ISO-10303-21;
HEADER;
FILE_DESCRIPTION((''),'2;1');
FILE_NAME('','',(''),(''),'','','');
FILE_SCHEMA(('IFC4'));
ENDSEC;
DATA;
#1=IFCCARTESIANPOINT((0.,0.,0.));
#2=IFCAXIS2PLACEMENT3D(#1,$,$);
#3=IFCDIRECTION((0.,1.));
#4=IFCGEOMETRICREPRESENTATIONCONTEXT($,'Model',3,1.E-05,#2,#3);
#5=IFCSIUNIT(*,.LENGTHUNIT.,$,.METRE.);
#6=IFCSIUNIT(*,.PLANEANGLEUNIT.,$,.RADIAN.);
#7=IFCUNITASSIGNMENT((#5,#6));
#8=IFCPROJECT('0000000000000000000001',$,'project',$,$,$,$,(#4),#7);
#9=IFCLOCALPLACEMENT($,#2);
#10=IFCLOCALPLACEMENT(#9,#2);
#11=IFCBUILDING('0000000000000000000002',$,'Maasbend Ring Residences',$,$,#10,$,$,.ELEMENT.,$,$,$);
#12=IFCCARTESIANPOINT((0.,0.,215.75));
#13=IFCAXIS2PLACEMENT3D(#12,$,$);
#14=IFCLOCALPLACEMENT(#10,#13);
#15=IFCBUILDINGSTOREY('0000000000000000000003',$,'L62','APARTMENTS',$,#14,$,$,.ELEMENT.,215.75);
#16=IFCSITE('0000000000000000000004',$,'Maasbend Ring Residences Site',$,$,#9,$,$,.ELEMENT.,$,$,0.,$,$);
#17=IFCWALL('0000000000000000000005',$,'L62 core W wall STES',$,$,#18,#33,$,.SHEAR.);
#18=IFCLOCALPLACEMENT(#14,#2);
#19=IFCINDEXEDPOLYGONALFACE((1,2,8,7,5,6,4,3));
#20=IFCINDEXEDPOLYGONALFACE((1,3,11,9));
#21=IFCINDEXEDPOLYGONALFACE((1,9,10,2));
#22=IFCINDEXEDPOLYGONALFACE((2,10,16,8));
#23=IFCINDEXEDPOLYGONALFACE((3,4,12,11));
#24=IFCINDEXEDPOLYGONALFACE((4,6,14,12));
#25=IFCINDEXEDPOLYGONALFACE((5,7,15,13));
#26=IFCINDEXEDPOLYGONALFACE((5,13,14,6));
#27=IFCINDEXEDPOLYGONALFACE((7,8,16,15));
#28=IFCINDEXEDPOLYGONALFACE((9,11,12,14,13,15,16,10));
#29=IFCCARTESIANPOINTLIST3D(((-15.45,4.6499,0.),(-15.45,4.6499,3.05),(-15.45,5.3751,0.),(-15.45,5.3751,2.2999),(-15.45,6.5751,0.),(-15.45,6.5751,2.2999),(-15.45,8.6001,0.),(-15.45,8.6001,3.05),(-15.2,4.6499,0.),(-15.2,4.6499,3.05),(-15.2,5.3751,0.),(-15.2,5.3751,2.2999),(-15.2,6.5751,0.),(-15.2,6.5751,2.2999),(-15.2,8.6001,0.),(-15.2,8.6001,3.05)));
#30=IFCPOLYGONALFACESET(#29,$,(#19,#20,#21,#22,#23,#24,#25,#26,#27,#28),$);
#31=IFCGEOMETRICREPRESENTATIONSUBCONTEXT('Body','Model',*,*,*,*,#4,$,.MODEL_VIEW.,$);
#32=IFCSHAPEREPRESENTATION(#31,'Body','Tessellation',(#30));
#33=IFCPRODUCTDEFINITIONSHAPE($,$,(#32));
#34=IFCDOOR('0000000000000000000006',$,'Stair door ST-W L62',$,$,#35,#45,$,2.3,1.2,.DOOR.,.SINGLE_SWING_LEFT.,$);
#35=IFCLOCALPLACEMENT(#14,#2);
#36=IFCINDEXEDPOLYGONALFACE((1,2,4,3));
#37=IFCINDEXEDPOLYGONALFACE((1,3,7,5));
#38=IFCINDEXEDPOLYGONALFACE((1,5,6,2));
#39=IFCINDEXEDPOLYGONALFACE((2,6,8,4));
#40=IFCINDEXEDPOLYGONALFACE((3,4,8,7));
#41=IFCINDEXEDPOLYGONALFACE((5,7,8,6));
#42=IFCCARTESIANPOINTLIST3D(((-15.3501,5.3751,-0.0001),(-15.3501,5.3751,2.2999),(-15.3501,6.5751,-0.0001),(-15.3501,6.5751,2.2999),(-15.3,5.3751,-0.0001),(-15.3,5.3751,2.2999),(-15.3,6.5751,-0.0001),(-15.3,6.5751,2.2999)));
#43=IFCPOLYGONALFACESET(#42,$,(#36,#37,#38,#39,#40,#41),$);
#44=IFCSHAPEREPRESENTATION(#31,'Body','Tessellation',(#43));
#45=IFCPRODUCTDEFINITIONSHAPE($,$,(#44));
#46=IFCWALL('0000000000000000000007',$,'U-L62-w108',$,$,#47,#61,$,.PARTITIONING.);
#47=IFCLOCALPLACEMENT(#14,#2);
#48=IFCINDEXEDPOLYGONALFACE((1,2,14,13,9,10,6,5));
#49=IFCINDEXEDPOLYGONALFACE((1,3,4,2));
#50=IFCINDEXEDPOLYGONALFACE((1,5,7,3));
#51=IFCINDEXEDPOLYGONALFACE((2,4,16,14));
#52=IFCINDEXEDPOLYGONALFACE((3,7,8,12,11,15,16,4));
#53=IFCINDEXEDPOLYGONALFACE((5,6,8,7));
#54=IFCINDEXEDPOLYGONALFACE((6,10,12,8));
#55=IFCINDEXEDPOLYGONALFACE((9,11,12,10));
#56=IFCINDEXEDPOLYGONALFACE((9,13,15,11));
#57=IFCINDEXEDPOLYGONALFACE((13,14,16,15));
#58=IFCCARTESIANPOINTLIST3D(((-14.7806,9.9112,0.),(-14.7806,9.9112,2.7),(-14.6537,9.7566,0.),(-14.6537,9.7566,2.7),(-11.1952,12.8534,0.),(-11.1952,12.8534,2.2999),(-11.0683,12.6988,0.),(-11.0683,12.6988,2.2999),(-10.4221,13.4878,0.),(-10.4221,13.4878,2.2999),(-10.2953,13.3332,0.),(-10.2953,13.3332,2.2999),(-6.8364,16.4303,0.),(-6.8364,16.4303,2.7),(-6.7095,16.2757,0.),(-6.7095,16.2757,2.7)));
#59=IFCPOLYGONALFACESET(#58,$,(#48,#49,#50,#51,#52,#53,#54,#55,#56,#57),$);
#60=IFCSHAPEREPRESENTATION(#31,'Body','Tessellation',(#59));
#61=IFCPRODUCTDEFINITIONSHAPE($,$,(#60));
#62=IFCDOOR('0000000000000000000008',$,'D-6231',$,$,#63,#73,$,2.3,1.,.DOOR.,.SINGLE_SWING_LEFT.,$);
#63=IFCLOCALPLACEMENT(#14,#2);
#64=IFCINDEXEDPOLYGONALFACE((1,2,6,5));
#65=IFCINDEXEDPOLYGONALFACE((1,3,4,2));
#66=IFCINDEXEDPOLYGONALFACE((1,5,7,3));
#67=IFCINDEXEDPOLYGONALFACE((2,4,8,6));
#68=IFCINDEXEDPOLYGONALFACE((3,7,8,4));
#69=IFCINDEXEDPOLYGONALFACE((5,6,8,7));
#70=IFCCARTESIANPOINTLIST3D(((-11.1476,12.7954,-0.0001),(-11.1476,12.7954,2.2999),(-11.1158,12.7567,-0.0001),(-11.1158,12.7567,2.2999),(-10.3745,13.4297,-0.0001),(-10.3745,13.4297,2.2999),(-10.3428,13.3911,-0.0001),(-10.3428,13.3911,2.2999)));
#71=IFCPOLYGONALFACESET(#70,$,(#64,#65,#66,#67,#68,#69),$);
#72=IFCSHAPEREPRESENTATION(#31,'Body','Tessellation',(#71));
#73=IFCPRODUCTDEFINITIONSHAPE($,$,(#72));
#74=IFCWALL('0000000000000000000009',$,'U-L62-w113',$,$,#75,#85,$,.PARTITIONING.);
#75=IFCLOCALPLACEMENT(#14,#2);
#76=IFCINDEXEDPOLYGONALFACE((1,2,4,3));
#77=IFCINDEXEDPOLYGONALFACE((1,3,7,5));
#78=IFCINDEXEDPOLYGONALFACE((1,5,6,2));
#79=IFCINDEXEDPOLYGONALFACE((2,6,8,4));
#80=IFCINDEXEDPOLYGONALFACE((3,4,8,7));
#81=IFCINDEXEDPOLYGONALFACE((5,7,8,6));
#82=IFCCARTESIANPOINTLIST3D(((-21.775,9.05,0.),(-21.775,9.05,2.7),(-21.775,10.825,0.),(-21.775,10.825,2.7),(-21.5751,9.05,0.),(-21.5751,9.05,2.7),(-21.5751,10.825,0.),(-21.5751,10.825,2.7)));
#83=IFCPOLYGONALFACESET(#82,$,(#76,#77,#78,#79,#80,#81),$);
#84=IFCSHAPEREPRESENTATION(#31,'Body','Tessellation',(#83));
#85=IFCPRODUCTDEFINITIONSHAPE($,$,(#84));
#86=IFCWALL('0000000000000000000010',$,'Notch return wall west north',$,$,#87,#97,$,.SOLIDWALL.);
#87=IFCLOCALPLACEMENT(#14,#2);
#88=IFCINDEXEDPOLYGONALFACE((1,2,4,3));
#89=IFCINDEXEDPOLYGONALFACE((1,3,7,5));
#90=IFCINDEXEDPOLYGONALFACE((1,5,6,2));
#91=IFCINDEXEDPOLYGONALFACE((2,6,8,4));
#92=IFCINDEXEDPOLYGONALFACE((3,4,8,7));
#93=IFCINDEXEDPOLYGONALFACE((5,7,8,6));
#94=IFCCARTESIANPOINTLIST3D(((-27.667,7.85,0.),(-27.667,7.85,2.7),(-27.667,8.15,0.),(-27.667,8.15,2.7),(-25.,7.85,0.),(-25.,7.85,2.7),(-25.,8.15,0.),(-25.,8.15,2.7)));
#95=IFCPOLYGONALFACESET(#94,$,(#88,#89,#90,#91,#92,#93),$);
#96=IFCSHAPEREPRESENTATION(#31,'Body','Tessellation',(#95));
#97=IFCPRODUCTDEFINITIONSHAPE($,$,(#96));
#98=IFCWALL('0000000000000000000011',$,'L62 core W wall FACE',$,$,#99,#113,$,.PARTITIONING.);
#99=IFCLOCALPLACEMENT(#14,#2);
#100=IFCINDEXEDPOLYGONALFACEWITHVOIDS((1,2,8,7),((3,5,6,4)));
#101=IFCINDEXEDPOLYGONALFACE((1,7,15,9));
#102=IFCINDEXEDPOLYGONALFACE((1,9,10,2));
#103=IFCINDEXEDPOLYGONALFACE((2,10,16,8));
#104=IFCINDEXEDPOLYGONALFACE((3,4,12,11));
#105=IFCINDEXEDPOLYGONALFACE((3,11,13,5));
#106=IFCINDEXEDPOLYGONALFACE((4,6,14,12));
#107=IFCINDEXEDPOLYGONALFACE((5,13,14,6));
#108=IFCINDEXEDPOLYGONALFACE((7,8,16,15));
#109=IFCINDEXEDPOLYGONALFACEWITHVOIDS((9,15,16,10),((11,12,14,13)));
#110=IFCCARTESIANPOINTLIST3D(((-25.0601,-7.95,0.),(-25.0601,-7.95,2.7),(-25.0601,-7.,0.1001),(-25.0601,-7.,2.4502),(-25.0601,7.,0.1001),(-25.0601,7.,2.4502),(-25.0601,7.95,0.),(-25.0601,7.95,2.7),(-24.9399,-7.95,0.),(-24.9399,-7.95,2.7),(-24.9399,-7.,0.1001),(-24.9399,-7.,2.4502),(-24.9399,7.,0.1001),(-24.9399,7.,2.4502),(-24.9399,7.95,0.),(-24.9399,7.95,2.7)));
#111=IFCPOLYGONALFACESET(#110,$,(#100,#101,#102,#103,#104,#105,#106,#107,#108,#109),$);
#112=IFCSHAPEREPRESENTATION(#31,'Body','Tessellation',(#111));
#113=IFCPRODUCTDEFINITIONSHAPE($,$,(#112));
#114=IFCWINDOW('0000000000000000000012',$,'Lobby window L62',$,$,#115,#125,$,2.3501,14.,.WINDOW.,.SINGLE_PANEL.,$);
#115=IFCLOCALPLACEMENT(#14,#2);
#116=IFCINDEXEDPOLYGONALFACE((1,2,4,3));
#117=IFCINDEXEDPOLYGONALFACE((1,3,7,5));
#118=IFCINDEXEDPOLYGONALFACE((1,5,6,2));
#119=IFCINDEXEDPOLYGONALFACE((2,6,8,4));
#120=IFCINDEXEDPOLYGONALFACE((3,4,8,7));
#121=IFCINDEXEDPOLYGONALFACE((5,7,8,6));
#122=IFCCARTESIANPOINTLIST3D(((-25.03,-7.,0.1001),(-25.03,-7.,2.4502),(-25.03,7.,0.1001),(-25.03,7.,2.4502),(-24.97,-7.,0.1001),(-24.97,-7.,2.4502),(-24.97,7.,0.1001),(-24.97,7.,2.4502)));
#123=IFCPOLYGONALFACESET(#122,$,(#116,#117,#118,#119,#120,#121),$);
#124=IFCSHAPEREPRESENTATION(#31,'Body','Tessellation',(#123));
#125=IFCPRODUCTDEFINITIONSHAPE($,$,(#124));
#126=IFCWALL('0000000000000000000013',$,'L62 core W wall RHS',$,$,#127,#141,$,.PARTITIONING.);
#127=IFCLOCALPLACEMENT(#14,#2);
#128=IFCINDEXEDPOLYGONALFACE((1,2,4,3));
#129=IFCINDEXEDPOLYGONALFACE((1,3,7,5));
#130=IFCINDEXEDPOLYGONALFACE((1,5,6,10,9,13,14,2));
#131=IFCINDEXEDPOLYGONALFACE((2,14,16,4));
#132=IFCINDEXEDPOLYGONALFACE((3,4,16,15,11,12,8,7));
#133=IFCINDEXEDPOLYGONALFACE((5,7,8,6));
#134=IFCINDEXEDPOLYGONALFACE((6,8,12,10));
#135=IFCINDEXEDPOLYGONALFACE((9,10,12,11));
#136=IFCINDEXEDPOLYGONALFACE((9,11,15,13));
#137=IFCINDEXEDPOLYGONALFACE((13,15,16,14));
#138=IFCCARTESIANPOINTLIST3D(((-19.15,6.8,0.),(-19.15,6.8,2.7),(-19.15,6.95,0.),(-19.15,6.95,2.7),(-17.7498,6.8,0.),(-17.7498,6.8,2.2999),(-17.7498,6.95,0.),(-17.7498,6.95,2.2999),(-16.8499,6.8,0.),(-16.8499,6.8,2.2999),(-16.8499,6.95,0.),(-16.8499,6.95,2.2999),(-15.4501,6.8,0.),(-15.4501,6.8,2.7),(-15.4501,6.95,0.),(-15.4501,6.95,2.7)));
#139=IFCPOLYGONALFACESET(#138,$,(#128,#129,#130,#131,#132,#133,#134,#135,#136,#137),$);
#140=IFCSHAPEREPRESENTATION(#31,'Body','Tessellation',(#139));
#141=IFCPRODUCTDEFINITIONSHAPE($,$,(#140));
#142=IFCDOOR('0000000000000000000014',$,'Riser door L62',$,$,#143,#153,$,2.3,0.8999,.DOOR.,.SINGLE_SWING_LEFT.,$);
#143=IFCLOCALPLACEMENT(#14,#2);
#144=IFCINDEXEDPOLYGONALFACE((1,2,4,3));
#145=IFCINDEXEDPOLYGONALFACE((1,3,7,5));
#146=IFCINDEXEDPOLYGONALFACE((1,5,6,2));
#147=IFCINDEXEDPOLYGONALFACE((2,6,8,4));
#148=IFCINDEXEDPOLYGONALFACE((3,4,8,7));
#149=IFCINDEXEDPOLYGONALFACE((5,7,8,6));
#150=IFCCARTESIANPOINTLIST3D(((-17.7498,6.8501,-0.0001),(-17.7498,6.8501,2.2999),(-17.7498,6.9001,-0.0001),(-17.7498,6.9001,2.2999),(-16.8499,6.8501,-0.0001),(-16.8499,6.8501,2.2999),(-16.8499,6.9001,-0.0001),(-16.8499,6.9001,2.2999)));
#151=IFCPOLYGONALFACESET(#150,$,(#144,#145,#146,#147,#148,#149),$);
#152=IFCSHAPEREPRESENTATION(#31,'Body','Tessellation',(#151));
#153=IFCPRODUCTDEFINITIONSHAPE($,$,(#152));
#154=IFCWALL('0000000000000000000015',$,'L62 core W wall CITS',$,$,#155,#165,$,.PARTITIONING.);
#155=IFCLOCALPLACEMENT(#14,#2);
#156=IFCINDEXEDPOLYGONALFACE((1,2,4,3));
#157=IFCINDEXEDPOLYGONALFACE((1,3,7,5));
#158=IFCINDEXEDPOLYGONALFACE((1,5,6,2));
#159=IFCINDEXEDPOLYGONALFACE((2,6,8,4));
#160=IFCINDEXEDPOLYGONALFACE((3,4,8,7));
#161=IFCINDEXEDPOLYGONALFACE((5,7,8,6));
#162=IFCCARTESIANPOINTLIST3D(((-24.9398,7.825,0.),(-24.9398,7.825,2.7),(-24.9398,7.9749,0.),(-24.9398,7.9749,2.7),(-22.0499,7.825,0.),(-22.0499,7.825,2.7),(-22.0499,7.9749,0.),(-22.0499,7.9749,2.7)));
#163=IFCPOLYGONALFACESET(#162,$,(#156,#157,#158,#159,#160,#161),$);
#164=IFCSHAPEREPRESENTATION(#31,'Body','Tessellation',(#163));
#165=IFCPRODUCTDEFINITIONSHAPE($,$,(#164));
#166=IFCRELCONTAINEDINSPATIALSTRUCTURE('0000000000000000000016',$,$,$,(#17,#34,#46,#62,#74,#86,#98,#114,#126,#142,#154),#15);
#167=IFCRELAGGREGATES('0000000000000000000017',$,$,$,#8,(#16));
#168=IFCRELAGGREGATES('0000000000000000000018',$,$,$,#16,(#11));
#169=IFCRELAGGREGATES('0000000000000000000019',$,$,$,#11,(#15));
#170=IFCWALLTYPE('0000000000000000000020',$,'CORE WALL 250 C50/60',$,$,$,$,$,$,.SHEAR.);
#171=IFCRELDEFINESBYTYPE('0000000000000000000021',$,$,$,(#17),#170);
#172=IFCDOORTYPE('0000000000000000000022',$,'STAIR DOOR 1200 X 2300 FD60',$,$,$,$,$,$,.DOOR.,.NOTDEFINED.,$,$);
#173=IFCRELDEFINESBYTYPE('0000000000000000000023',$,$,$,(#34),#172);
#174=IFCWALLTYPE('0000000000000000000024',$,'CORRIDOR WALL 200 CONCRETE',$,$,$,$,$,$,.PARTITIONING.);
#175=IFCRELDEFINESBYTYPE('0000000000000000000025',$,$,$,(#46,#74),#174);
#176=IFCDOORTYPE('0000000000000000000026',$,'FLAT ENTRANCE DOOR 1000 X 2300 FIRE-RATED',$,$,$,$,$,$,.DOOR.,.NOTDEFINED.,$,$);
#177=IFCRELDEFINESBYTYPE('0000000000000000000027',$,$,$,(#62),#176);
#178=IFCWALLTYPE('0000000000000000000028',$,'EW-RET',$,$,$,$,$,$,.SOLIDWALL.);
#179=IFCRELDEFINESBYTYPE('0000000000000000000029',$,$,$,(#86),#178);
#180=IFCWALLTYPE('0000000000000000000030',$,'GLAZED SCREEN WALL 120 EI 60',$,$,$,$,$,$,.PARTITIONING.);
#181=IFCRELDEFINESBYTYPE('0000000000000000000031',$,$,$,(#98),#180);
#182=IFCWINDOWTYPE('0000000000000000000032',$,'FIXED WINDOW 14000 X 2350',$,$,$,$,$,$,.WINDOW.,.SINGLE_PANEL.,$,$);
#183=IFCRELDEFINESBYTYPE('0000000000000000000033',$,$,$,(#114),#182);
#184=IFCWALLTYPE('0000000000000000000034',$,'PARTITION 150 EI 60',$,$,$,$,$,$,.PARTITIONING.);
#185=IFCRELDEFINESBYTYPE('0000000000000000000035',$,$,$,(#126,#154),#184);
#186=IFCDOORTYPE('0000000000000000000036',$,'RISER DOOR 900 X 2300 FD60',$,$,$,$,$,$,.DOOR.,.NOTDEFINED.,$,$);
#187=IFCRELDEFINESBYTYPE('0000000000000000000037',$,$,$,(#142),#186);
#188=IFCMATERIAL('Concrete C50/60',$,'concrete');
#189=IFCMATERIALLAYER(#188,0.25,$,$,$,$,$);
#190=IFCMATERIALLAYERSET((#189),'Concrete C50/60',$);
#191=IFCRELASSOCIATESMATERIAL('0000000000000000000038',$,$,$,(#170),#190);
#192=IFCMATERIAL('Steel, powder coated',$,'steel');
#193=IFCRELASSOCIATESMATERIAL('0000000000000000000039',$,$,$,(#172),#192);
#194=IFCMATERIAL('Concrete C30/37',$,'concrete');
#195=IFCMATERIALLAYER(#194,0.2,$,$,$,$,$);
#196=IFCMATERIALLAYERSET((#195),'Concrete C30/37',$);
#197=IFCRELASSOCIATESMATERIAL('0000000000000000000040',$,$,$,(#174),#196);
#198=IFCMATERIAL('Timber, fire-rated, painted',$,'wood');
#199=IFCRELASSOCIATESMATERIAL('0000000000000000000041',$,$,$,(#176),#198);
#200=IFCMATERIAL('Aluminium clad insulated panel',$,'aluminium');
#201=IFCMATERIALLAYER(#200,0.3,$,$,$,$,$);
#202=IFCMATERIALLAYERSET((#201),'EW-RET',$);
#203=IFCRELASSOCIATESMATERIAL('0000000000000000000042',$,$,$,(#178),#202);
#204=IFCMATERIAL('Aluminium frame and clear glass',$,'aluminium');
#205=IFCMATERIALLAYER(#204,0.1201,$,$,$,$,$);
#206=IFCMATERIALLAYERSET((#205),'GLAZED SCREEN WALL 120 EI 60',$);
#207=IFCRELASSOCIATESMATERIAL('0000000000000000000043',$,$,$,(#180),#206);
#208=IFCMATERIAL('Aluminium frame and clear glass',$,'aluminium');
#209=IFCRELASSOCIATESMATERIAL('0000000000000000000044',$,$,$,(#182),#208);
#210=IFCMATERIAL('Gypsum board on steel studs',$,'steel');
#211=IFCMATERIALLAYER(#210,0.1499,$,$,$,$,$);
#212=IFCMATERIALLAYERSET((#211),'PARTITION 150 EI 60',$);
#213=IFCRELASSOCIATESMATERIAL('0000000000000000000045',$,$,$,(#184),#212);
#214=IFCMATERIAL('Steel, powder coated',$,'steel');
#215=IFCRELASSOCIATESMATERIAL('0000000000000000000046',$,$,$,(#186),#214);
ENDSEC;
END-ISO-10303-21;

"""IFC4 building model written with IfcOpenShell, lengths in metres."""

from ifc_helpers import new_model, si_unit, direction, frame, frame_2d, origin, place, context, subcontext, project, spatial, rectangle, extrude, material, layer, layer_set, type_object, element, fill, save


model = new_model("IFC4")

# Units and contexts
model_context = context("Model", 3, precision=1e-05, world=origin(), true_north=direction((0.0, 1.0)))
body_context = subcontext(model_context, "Body", "Model", "MODEL_VIEW")
ifc_project = project(units=[si_unit("LENGTHUNIT", "METRE"), si_unit("PLANEANGLEUNIT", "RADIAN")], contexts=[model_context])

# Site, building, storey
site_placement = place(None, origin())
site = spatial("IfcSite", under=ifc_project, at=site_placement, Name="Maasbend Ring Residences Site", CompositionType="ELEMENT", RefElevation=0.0)
building_placement = place(site_placement, origin())
building = spatial("IfcBuilding", under=site, at=building_placement, Name="Maasbend Ring Residences", CompositionType="ELEMENT")
storey_placement = place(building_placement, frame((0.0, 0.0, 215.75)))
storey = spatial("IfcBuildingStorey", under=building, at=storey_placement, Name="L62", Description="APARTMENTS", CompositionType="ELEMENT", Elevation=215.75)

# Walls, openings, doors
ifc_material_1 = material(Name="Concrete C50/60", Category="concrete")
ifc_layer_1 = layer(ifc_material_1, 0.25)
ifc_layer_set_1 = layer_set([ifc_layer_1], Name="Concrete C50/60")
wall_type_1 = type_object("IfcWallType", Name="CORE WALL 250 C50/60", PredefinedType="SHEAR", material=ifc_layer_set_1)
wall_1_placement = place(storey_placement, frame((-15.325, 8.6001, 0.0), z_axis=(0.0, 0.0, 1.0), x_axis=(0.0, -1.0, 0.0)))
wall_1 = element("IfcWall", 1, at=wall_1_placement, inside=storey, type_object=wall_type_1, Name="L62 core W wall STES", PredefinedType="SHEAR", context=body_context, shape_type="SweptSolid", body=[
    extrude(rectangle(XDim=3.9502, YDim=0.25, at=frame_2d((1.9751, 0.0))), origin(), (0.0, 0.0, 1.0), 3.05),
])
opening_1_placement = place(wall_1_placement, frame((2.0249, 0.0, 0.0)))
opening_1 = element("IfcOpeningElement", 2, at=opening_1_placement, cuts=wall_1, PredefinedType="OPENING", context=body_context, shape_type="SweptSolid", body=[
    extrude(rectangle(XDim=1.2, YDim=2.3, at=frame_2d((0.6001, 1.1499))), frame((0.0, 0.135, 0.0), z_axis=(0.0, -1.0, 0.0), x_axis=(1.0, 0.0, 0.0)), (0.0, 0.0, 1.0), 0.27),
])
ifc_material_2 = material(Name="Steel, powder coated", Category="steel")
door_type_1 = type_object("IfcDoorType", Name="STAIR DOOR 1200 X 2300 FD60", OperationType="NOTDEFINED", PredefinedType="DOOR", material=ifc_material_2)
door_1_placement = place(opening_1_placement, origin())
door_1 = element("IfcDoor", 3, at=door_1_placement, inside=storey, type_object=door_type_1, Name="Stair door ST-W L62", OperationType="SINGLE_SWING_LEFT", OverallHeight=2.3, OverallWidth=1.2, PredefinedType="DOOR", context=body_context, shape_type="SweptSolid", body=[
    extrude(rectangle(XDim=1.2, YDim=2.3, at=frame_2d((0.6001, 1.1499))), frame((0.0, 0.0249, 0.0), z_axis=(0.0, -1.0, 0.0), x_axis=(1.0, 0.0, 0.0)), (0.0, 0.0, 1.0), 0.05),
])
fill(opening_1, door_1)
ifc_material_3 = material(Name="Concrete C30/37", Category="concrete")
ifc_layer_2 = layer(ifc_material_3, 0.2)
ifc_layer_set_2 = layer_set([ifc_layer_2], Name="Concrete C30/37")
wall_type_2 = type_object("IfcWallType", Name="CORRIDOR WALL 200 CONCRETE", PredefinedType="PARTITIONING", material=ifc_layer_set_2)
wall_2_placement = place(storey_placement, frame((-14.717, 9.834, 0.0), z_axis=(0.0, 0.0, 1.0), x_axis=(0.773035, 0.634364, 0.0)))
wall_2 = element("IfcWall", 4, at=wall_2_placement, inside=storey, type_object=wall_type_2, Name="U-L62-w108", PredefinedType="PARTITIONING", context=body_context, shape_type="SweptSolid", body=[
    extrude(rectangle(XDim=10.2766, YDim=0.2, at=frame_2d((5.1382, 0.0))), origin(), (0.0, 0.0, 1.0), 2.7),
])
opening_2_placement = place(wall_2_placement, frame((4.6379, 0.0, 0.0)))
opening_2 = element("IfcOpeningElement", 5, at=opening_2_placement, cuts=wall_2, PredefinedType="OPENING", context=body_context, shape_type="SweptSolid", body=[
    extrude(rectangle(XDim=1.0, YDim=2.3, at=frame_2d((0.5, 1.1499))), frame((0.0, 0.1099, 0.0), z_axis=(0.0, -1.0, 0.0), x_axis=(1.0, 0.0, 0.0)), (0.0, 0.0, 1.0), 0.22),
])
ifc_material_4 = material(Name="Timber, fire-rated, painted", Category="wood")
door_type_2 = type_object("IfcDoorType", Name="FLAT ENTRANCE DOOR 1000 X 2300 FIRE-RATED", OperationType="NOTDEFINED", PredefinedType="DOOR", material=ifc_material_4)
door_2_placement = place(opening_2_placement, origin())
door_2 = element("IfcDoor", 6, at=door_2_placement, inside=storey, type_object=door_type_2, Name="D-6231", OperationType="SINGLE_SWING_LEFT", OverallHeight=2.3, OverallWidth=1.0, PredefinedType="DOOR", context=body_context, shape_type="SweptSolid", body=[
    extrude(rectangle(XDim=1.0, YDim=2.3, at=frame_2d((0.5, 1.1499))), frame((0.0, 0.0249, 0.0), z_axis=(0.0, -1.0, 0.0), x_axis=(1.0, 0.0, 0.0)), (0.0, 0.0, 1.0), 0.05),
])
fill(opening_2, door_2)

# Walls
wall_3_placement = place(storey_placement, frame((-21.675, 9.05, 0.0), z_axis=(0.0, 0.0, 1.0), x_axis=(0.0, 1.0, 0.0)))
element("IfcWall", 7, at=wall_3_placement, inside=storey, type_object=wall_type_2, Name="U-L62-w113", PredefinedType="PARTITIONING", context=body_context, shape_type="SweptSolid", body=[
    extrude(rectangle(XDim=1.7749, YDim=0.2, at=frame_2d((0.8875, 0.0))), origin(), (0.0, 0.0, 1.0), 2.7),
])
ifc_material_5 = material(Name="Aluminium clad insulated panel", Category="aluminium")
ifc_layer_3 = layer(ifc_material_5, 0.3)
ifc_layer_set_3 = layer_set([ifc_layer_3], Name="EW-RET")
wall_type_3 = type_object("IfcWallType", Name="EW-RET", PredefinedType="SOLIDWALL", material=ifc_layer_set_3)
wall_4_placement = place(storey_placement, frame((-25.0, 8.0, 0.0), z_axis=(0.0, 0.0, 1.0), x_axis=(-1.0, 0.0, 0.0)))
element("IfcWall", 8, at=wall_4_placement, inside=storey, type_object=wall_type_3, Name="Notch return wall west north", PredefinedType="SOLIDWALL", context=body_context, shape_type="SweptSolid", body=[
    extrude(rectangle(XDim=2.667, YDim=0.3, at=frame_2d((1.3335, 0.0))), origin(), (0.0, 0.0, 1.0), 2.7),
])

# Wall, opening, window
ifc_material_6 = material(Name="Aluminium frame and clear glass", Category="aluminium")
ifc_layer_4 = layer(ifc_material_6, 0.1201)
ifc_layer_set_4 = layer_set([ifc_layer_4], Name="GLAZED SCREEN WALL 120 EI 60")
wall_type_4 = type_object("IfcWallType", Name="GLAZED SCREEN WALL 120 EI 60", PredefinedType="PARTITIONING", material=ifc_layer_set_4)
wall_5_placement = place(storey_placement, frame((-25.0, 7.95, 0.0), z_axis=(0.0, 0.0, 1.0), x_axis=(0.0, -1.0, 0.0)))
wall_5 = element("IfcWall", 9, at=wall_5_placement, inside=storey, type_object=wall_type_4, Name="L62 core W wall FACE", PredefinedType="PARTITIONING", context=body_context, shape_type="SweptSolid", body=[
    extrude(rectangle(XDim=15.8999, YDim=0.1201, at=frame_2d((7.95, 0.0))), origin(), (0.0, 0.0, 1.0), 2.7),
])
opening_3_placement = place(wall_5_placement, frame((0.95, 0.0, 0.1001)))
opening_3 = element("IfcOpeningElement", 10, at=opening_3_placement, cuts=wall_5, PredefinedType="OPENING", context=body_context, shape_type="SweptSolid", body=[
    extrude(rectangle(XDim=14.0, YDim=2.3501, at=frame_2d((7.0, 1.175))), frame((0.0, 0.0701, 0.0), z_axis=(0.0, -1.0, 0.0), x_axis=(1.0, 0.0, 0.0)), (0.0, 0.0, 1.0), 0.1401),
])
ifc_material_7 = material(Name="Aluminium frame and clear glass", Category="aluminium")
window_type = type_object("IfcWindowType", Name="FIXED WINDOW 14000 X 2350", PartitioningType="SINGLE_PANEL", PredefinedType="WINDOW", material=ifc_material_7)
window_placement = place(opening_3_placement, origin())
window = element("IfcWindow", 11, at=window_placement, inside=storey, type_object=window_type, Name="Lobby window L62", OverallHeight=2.3501, OverallWidth=14.0, PartitioningType="SINGLE_PANEL", PredefinedType="WINDOW", context=body_context, shape_type="SweptSolid", body=[
    extrude(rectangle(XDim=14.0, YDim=2.3501, at=frame_2d((7.0, 1.175))), frame((0.0, 0.03, 0.0), z_axis=(0.0, -1.0, 0.0), x_axis=(1.0, 0.0, 0.0)), (0.0, 0.0, 1.0), 0.0601),
])
fill(opening_3, window)

# Wall, opening, door
ifc_material_8 = material(Name="Gypsum board on steel studs", Category="steel")
ifc_layer_5 = layer(ifc_material_8, 0.1499)
ifc_layer_set_5 = layer_set([ifc_layer_5], Name="PARTITION 150 EI 60")
wall_type_5 = type_object("IfcWallType", Name="PARTITION 150 EI 60", PredefinedType="PARTITIONING", material=ifc_layer_set_5)
wall_6_placement = place(storey_placement, frame((-15.45, 6.875, 0.0), z_axis=(0.0, 0.0, 1.0), x_axis=(-1.0, 0.0, 0.0)))
wall_6 = element("IfcWall", 12, at=wall_6_placement, inside=storey, type_object=wall_type_5, Name="L62 core W wall RHS", PredefinedType="PARTITIONING", context=body_context, shape_type="SweptSolid", body=[
    extrude(rectangle(XDim=3.7, YDim=0.1499, at=frame_2d((1.8501, 0.0))), origin(), (0.0, 0.0, 1.0), 2.7),
])
opening_4_placement = place(wall_6_placement, frame((1.3999, 0.0, 0.0)))
opening_4 = element("IfcOpeningElement", 13, at=opening_4_placement, cuts=wall_6, PredefinedType="OPENING", context=body_context, shape_type="SweptSolid", body=[
    extrude(rectangle(XDim=0.8999, YDim=2.3, at=frame_2d((0.45, 1.1499))), frame((0.0, 0.085, 0.0), z_axis=(0.0, -1.0, 0.0), x_axis=(1.0, 0.0, 0.0)), (0.0, 0.0, 1.0), 0.1699),
])
ifc_material_9 = material(Name="Steel, powder coated", Category="steel")
door_type_3 = type_object("IfcDoorType", Name="RISER DOOR 900 X 2300 FD60", OperationType="NOTDEFINED", PredefinedType="DOOR", material=ifc_material_9)
door_3_placement = place(opening_4_placement, origin())
door_3 = element("IfcDoor", 14, at=door_3_placement, inside=storey, type_object=door_type_3, Name="Riser door L62", OperationType="SINGLE_SWING_LEFT", OverallHeight=2.3, OverallWidth=0.8999, PredefinedType="DOOR", context=body_context, shape_type="SweptSolid", body=[
    extrude(rectangle(XDim=0.8999, YDim=2.3, at=frame_2d((0.45, 1.1499))), frame((0.0, 0.0249, 0.0), z_axis=(0.0, -1.0, 0.0), x_axis=(1.0, 0.0, 0.0)), (0.0, 0.0, 1.0), 0.05),
])
fill(opening_4, door_3)

# Wall
wall_7_placement = place(storey_placement, frame((-22.05, 7.8999, 0.0), z_axis=(0.0, 0.0, 1.0), x_axis=(-1.0, 0.0, 0.0)))
element("IfcWall", 15, at=wall_7_placement, inside=storey, type_object=wall_type_5, Name="L62 core W wall CITS", PredefinedType="PARTITIONING", context=body_context, shape_type="SweptSolid", body=[
    extrude(rectangle(XDim=2.8899, YDim=0.1499, at=frame_2d((1.4448, 0.0))), origin(), (0.0, 0.0, 1.0), 2.7),
])

save(model, "model.ifc")
